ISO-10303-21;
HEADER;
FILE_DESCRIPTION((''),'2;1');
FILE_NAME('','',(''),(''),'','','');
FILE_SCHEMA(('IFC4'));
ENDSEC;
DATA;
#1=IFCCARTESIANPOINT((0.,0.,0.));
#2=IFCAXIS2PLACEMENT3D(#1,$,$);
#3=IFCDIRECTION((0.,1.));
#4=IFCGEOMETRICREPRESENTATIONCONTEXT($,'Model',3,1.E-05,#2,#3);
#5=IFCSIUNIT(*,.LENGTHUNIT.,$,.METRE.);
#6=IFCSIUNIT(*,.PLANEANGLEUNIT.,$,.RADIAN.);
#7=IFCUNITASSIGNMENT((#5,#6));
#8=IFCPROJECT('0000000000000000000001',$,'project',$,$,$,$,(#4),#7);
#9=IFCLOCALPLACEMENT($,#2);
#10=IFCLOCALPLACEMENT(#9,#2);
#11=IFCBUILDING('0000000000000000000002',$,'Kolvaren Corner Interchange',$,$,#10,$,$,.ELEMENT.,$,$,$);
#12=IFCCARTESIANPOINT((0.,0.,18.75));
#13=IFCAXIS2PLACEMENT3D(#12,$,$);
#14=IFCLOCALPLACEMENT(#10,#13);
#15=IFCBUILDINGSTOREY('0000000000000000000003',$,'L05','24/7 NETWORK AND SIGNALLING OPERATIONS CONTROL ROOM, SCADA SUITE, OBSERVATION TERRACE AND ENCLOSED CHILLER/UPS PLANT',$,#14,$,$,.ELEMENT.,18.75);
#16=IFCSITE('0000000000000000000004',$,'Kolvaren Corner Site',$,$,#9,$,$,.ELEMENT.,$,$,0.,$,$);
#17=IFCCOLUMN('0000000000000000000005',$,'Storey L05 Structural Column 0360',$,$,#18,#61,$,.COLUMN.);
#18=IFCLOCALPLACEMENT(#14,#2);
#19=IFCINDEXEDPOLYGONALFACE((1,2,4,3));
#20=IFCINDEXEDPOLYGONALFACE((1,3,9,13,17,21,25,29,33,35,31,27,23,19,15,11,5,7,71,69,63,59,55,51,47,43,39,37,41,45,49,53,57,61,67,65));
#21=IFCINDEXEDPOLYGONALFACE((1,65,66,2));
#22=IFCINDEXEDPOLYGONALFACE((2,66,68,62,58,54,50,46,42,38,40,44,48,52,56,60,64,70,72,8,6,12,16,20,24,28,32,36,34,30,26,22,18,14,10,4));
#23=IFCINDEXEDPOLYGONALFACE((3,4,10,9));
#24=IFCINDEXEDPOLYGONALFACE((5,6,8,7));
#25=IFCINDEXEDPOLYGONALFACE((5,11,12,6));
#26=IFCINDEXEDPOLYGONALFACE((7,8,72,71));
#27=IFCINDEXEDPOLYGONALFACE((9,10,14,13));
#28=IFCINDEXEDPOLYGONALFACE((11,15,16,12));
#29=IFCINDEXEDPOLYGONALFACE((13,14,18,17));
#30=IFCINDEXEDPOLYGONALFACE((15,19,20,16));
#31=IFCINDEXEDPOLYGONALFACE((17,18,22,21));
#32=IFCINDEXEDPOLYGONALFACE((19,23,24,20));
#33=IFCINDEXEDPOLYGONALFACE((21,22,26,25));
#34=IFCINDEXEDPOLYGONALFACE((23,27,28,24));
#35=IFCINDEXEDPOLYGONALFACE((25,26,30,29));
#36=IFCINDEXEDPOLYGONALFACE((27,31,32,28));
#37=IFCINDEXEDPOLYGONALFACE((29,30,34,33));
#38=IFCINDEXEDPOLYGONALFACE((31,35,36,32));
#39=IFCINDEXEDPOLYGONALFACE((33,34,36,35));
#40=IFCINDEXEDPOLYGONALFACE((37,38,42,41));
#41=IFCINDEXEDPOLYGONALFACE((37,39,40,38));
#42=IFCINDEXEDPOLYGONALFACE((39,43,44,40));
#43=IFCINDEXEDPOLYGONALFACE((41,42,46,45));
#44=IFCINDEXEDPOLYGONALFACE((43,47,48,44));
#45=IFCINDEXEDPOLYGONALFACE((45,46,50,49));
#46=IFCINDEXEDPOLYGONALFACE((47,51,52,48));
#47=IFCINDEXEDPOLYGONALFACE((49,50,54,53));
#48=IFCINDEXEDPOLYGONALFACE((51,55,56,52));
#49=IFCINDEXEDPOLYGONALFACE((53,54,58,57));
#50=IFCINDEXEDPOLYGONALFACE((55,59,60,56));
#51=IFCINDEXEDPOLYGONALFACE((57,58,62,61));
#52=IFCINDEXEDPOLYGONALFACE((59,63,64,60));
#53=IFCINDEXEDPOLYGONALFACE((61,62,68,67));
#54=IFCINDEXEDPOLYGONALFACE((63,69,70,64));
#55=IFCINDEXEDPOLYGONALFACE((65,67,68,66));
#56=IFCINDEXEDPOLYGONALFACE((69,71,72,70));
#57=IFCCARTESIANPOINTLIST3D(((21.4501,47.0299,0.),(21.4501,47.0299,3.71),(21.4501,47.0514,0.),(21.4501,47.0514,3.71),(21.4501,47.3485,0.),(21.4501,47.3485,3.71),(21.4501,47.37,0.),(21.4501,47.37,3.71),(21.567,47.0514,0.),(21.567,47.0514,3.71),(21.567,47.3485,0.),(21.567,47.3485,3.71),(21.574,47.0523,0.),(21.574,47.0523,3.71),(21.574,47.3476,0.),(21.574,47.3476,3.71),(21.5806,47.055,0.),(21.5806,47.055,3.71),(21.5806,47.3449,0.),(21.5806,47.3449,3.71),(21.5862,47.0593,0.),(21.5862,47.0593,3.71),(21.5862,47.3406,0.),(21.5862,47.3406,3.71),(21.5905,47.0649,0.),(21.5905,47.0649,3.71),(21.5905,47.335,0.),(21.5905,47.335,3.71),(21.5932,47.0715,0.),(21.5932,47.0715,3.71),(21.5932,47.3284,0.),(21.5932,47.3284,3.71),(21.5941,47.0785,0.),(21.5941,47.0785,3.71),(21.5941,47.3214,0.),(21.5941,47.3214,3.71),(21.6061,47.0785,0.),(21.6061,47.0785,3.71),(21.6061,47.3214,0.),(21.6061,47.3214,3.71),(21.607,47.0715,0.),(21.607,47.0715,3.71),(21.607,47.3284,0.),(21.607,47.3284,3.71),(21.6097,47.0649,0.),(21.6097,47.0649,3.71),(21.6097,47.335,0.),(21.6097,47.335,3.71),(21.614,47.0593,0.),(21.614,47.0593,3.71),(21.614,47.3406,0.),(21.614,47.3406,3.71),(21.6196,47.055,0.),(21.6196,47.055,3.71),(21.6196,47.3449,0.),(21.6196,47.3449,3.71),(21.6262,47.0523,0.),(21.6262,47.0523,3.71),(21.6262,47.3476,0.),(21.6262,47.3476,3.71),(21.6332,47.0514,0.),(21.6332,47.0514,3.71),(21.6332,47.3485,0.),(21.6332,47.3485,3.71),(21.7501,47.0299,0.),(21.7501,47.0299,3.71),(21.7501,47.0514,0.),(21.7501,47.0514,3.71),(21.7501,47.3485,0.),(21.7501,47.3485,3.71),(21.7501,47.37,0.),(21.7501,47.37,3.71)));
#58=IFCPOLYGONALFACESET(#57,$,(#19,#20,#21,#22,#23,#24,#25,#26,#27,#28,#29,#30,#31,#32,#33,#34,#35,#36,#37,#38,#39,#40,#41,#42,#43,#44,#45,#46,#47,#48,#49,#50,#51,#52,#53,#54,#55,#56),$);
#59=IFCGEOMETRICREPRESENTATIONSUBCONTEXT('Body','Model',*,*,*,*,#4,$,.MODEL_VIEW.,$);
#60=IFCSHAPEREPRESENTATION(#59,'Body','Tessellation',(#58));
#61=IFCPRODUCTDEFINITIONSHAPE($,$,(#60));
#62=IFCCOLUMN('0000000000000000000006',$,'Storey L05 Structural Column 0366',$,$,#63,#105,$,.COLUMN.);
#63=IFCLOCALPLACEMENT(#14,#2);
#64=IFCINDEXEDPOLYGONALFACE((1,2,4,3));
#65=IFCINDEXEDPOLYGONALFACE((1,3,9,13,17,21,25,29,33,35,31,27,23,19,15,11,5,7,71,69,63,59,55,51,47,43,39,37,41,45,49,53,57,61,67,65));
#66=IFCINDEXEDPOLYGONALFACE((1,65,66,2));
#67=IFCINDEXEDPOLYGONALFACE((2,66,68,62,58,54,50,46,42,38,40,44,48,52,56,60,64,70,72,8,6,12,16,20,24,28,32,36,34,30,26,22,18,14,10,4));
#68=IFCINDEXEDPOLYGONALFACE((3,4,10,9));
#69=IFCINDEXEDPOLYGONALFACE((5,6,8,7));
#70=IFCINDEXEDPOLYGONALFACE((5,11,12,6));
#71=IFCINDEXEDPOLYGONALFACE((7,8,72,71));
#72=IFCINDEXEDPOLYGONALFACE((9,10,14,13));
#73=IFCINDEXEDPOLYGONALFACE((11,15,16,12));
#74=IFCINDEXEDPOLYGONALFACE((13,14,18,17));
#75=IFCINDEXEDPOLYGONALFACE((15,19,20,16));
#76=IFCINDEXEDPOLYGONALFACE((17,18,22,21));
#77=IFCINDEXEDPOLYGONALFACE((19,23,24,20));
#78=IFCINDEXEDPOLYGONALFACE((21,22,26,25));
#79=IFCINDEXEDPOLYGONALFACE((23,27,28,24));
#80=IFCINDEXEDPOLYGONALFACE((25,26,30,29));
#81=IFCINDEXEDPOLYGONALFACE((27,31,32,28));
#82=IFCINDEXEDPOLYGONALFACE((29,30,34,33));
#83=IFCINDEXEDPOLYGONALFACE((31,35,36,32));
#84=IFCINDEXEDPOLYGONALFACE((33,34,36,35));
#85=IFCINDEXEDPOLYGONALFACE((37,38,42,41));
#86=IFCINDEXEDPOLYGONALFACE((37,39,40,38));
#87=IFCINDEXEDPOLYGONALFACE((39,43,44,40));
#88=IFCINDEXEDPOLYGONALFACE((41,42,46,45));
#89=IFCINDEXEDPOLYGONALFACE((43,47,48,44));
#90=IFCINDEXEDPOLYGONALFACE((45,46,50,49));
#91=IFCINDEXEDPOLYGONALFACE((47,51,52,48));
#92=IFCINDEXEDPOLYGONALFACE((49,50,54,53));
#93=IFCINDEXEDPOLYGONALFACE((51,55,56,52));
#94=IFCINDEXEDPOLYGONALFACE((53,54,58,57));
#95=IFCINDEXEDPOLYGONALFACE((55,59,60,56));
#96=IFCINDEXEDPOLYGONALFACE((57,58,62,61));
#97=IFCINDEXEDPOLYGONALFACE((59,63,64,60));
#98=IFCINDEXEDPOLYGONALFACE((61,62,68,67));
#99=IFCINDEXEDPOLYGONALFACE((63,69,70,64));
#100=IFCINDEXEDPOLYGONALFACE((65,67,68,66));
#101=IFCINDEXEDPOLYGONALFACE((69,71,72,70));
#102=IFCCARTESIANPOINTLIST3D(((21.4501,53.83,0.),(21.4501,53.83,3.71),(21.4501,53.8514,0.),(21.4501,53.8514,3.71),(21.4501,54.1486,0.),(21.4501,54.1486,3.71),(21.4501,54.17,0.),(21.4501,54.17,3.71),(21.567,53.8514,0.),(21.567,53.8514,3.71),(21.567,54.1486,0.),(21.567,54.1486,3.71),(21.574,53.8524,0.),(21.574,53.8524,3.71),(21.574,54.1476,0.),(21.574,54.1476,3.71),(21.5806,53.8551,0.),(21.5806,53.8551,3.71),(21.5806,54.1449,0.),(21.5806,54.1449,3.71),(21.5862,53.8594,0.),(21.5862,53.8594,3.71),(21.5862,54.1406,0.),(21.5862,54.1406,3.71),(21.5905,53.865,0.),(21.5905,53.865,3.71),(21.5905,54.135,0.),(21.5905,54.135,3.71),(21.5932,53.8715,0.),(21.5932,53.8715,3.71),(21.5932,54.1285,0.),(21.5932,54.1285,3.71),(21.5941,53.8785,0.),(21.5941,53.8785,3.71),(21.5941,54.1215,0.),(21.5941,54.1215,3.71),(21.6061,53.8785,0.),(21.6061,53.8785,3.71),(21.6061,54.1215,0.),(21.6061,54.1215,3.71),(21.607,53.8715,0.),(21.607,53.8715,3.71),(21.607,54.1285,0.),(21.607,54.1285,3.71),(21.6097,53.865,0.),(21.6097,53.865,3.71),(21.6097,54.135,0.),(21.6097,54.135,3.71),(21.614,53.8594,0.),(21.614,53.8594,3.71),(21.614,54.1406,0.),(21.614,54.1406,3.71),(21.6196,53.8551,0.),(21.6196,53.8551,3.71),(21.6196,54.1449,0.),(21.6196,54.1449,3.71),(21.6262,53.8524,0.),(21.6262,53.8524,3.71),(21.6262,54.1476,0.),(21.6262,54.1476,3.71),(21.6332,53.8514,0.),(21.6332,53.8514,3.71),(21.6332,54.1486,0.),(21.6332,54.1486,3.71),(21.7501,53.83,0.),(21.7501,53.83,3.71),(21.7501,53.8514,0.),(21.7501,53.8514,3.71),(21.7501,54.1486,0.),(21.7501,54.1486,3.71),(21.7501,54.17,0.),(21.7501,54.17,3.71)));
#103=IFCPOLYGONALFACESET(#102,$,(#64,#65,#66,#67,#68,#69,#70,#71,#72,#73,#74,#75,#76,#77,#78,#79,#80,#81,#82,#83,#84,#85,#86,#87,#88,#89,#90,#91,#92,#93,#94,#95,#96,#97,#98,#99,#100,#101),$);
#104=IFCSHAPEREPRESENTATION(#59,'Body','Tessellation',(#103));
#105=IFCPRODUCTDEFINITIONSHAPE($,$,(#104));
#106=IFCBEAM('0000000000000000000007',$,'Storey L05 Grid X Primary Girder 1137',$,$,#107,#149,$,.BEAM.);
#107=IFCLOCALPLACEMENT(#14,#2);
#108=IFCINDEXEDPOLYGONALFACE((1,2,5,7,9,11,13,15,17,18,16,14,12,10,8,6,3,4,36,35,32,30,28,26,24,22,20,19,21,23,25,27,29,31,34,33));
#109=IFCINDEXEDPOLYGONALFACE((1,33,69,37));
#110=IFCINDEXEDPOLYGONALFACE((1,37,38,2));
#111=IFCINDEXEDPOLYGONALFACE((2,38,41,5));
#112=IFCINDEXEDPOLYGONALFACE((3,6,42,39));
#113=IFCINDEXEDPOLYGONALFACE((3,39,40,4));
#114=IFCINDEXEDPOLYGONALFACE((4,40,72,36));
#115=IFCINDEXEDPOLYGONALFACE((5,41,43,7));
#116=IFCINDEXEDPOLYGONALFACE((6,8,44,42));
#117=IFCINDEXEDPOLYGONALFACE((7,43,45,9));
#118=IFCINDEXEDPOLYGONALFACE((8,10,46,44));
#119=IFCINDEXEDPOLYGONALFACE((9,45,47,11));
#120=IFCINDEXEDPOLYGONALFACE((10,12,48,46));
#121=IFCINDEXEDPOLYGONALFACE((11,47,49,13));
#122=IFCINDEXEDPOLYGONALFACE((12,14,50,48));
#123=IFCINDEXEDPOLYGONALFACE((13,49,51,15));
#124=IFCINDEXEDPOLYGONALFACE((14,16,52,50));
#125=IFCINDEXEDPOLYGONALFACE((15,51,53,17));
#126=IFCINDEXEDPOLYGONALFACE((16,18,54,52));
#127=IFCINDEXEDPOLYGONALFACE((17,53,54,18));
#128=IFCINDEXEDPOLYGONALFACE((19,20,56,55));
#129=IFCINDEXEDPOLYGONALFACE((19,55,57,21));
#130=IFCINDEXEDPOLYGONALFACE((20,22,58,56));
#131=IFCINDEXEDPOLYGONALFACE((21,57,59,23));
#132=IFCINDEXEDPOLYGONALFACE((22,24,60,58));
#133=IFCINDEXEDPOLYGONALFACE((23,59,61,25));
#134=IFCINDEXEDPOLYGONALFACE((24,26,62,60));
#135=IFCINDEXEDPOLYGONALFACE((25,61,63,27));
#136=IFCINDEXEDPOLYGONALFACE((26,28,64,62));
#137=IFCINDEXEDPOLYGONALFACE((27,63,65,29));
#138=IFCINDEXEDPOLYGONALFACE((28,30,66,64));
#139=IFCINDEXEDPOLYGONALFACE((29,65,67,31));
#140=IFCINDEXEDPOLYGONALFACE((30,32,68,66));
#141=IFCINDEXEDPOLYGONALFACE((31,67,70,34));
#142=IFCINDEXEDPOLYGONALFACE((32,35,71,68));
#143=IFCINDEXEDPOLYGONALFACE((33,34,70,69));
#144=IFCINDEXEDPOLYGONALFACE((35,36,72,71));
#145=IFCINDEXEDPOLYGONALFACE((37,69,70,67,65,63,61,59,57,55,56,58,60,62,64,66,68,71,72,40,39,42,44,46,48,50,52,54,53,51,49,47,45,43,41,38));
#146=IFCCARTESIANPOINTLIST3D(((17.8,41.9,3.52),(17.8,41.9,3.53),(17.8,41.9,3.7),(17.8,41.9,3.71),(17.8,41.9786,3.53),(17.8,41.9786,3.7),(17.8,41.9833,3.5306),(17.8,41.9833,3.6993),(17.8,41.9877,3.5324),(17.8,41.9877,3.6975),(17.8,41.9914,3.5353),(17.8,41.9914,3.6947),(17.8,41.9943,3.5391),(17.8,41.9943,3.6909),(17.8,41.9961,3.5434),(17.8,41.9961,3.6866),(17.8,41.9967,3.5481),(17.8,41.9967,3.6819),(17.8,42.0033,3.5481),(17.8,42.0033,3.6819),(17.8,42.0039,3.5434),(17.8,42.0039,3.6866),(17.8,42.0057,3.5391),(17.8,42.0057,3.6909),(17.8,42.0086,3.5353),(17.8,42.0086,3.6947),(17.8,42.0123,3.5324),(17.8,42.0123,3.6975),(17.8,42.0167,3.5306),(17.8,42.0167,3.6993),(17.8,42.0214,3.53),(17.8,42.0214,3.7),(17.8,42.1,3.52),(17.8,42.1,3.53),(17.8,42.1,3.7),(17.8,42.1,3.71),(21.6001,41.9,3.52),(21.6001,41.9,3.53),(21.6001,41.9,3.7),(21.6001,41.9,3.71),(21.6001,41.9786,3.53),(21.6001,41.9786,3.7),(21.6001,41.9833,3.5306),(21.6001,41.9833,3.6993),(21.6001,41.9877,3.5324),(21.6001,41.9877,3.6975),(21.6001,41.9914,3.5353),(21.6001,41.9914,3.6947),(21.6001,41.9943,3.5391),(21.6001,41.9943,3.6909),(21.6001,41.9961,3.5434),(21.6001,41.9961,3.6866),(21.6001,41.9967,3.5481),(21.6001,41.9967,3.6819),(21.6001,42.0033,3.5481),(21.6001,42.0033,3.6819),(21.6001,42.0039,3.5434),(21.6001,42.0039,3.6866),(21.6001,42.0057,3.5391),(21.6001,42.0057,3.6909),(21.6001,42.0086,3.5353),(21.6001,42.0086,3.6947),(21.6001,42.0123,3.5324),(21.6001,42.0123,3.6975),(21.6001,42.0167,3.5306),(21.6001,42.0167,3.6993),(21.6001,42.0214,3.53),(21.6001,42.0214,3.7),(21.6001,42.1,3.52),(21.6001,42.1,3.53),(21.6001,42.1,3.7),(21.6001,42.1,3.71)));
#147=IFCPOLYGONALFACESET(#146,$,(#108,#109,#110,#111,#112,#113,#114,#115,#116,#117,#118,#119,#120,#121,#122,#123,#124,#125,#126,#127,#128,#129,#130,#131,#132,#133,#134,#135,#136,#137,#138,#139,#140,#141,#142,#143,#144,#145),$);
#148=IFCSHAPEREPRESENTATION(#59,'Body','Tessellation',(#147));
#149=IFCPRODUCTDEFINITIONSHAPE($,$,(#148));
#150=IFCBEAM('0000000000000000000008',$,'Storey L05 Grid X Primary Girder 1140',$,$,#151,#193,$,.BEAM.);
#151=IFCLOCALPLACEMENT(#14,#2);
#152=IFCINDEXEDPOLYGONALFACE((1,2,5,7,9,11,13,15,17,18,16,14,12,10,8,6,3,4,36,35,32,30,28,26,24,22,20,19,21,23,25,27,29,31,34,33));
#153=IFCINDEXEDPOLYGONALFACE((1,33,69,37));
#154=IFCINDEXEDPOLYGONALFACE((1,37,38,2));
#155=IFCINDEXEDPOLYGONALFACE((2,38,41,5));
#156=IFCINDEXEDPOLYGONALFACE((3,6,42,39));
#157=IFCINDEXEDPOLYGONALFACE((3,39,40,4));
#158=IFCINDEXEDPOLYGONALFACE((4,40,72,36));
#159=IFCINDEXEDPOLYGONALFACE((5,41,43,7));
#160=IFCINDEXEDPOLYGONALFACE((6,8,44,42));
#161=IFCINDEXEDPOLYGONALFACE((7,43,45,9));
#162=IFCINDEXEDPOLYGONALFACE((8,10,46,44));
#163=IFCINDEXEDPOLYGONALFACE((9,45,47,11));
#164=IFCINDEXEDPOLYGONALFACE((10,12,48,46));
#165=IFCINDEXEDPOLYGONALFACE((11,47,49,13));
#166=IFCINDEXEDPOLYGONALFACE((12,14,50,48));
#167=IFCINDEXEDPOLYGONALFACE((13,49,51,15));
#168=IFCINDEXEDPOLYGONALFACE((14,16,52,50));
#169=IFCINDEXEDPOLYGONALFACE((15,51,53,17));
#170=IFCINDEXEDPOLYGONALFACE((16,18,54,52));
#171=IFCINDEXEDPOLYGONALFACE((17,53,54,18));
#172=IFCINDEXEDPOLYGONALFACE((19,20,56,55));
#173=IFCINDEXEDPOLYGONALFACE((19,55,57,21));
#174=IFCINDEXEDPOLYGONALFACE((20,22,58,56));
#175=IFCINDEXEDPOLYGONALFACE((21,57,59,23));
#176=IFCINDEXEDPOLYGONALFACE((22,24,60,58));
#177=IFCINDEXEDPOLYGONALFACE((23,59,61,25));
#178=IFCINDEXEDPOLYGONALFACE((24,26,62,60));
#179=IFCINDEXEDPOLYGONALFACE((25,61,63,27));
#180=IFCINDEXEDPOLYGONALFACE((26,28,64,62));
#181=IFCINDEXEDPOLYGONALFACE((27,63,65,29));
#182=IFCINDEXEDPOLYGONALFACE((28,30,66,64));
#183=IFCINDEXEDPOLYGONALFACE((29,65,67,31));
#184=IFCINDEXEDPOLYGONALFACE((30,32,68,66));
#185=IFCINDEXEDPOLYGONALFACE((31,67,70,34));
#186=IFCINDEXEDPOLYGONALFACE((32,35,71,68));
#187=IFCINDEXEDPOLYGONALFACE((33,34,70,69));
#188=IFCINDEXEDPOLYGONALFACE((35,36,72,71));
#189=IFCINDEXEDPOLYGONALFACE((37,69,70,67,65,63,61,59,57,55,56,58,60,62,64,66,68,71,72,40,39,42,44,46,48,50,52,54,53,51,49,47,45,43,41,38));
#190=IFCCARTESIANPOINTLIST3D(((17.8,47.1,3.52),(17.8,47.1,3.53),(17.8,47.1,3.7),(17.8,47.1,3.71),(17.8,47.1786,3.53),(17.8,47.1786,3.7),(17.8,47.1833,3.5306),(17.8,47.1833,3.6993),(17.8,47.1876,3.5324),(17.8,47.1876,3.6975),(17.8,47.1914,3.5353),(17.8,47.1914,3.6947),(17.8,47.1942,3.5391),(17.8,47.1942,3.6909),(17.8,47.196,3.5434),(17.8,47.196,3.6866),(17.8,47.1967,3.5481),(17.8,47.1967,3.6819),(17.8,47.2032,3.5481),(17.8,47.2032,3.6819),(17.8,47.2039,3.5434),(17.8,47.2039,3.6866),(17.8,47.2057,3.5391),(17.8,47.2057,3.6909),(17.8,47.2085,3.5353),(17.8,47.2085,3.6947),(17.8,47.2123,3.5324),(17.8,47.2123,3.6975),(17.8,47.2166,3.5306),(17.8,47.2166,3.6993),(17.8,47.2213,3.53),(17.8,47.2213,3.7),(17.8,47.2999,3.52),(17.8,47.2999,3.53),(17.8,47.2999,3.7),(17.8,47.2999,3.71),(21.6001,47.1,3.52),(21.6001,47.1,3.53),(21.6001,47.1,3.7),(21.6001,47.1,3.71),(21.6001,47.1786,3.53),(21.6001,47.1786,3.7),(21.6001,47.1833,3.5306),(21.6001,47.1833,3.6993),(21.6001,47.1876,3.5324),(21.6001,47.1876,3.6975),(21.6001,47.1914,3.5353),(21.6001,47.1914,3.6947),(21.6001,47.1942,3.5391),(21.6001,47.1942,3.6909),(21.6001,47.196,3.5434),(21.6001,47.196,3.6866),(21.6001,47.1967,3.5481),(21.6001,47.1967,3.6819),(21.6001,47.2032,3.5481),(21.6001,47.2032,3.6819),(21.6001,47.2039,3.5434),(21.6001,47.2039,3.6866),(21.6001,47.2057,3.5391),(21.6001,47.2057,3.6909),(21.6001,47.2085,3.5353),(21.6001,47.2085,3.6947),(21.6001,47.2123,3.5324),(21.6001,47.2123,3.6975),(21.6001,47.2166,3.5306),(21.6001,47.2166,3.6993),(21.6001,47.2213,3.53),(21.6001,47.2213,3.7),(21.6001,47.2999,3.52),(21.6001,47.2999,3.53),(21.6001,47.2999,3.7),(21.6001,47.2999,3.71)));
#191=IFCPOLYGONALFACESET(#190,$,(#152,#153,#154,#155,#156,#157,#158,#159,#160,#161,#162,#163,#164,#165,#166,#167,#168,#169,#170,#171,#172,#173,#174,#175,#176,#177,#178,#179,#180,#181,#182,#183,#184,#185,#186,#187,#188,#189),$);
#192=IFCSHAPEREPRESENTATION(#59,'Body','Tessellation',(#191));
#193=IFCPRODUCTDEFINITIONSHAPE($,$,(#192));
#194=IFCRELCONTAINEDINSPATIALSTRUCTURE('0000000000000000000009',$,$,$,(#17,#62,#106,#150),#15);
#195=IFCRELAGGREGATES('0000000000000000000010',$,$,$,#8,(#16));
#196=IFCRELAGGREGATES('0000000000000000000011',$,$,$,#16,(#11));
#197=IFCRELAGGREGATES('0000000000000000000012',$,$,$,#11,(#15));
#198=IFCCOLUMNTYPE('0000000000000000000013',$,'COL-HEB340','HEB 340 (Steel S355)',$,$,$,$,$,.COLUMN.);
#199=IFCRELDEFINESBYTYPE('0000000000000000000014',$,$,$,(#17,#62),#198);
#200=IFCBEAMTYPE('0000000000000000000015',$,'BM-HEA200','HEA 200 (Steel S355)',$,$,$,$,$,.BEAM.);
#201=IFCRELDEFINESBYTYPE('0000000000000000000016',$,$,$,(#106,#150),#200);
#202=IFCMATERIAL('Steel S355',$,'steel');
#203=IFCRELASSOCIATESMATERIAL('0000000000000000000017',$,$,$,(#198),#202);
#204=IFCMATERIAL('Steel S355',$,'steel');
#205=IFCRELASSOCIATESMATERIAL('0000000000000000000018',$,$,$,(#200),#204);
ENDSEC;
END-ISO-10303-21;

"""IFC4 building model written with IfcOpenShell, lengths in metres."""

from ifc_helpers import new_model, si_unit, direction, frame, origin, origin_2d, place, context, subcontext, project, spatial, i_section, extrude, material, material_profile, profile_set, type_object, element, save


model = new_model("IFC4")

# Units and contexts
model_context = context("Model", 3, precision=1e-05, world=origin(), true_north=direction((0.0, 1.0)))
body_context = subcontext(model_context, "Body", "Model", "MODEL_VIEW")
ifc_project = project(units=[si_unit("LENGTHUNIT", "METRE"), si_unit("PLANEANGLEUNIT", "RADIAN")], contexts=[model_context])

# Site, building, storey
site_placement = place(None, origin())
site = spatial("IfcSite", under=ifc_project, at=site_placement, Name="Kolvaren Corner Site", CompositionType="ELEMENT", RefElevation=0.0)
building_placement = place(site_placement, origin())
building = spatial("IfcBuilding", under=site, at=building_placement, Name="Kolvaren Corner Interchange", CompositionType="ELEMENT")
storey_placement = place(building_placement, frame((0.0, 0.0, 18.75)))
storey = spatial("IfcBuildingStorey", under=building, at=storey_placement, Name="L05", Description="24/7 NETWORK AND SIGNALLING OPERATIONS CONTROL ROOM, SCADA SUITE, OBSERVATION TERRACE AND ENCLOSED CHILLER/UPS PLANT", CompositionType="ELEMENT", Elevation=18.75)

# Columns
ifc_material_1 = material(Name="Steel S355", Category="steel")
ifc_material_profile_1 = material_profile(ifc_material_1, i_section(OverallWidth=0.3, OverallDepth=0.3401, WebThickness=0.012, FlangeThickness=0.0215, FilletRadius=0.0271, at=origin_2d()), Name="HEB 340")
ifc_profile_set_1 = profile_set([ifc_material_profile_1], Name="Steel S355")
column_type = type_object("IfcColumnType", Name="COL-HEB340", Description="HEB 340 (Steel S355)", PredefinedType="COLUMN", material=ifc_profile_set_1)
for number, where, z_axis, x_axis, name in (
    (1, (21.6001, 47.2, 0.0), (0.0, 0.0, 1.0), (1.0, 0.0, 0.0), "Storey L05 Structural Column 0360"),
    (2, (21.6001, 54.0, 0.0), (0.0, 0.0, 1.0), (1.0, 0.0, 0.0), "Storey L05 Structural Column 0366"),
):
    element("IfcColumn", number, at=place(storey_placement, frame(where, z_axis=z_axis, x_axis=x_axis)), inside=storey, type_object=column_type, Name=name, PredefinedType="COLUMN", context=body_context, shape_type="SweptSolid", body=[
        extrude(i_section(OverallWidth=0.3, OverallDepth=0.3401, WebThickness=0.012, FlangeThickness=0.0215, FilletRadius=0.0271, at=origin_2d()), origin(), (0.0, 0.0, 1.0), 3.71),
    ])

# Beams
ifc_material_2 = material(Name="Steel S355", Category="steel")
ifc_material_profile_2 = material_profile(ifc_material_2, i_section(OverallWidth=0.2, OverallDepth=0.1899, WebThickness=0.0066, FlangeThickness=0.01, FilletRadius=0.0181, at=origin_2d()), Name="HEA 200")
ifc_profile_set_2 = profile_set([ifc_material_profile_2], Name="Steel S355")
beam_type_1 = type_object("IfcBeamType", Name="BM-HEA200", Description="HEA 200 (Steel S355)", PredefinedType="BEAM", material=ifc_profile_set_2)
for number, where, z_axis, x_axis, name in (
    (3, (17.8, 42.0, 3.615), (1.0, 0.0, 0.0), (0.0, 1.0, 0.0), "Storey L05 Grid X Primary Girder 1137"),
    (4, (17.8, 47.2, 3.615), (1.0, 0.0, 0.0), (0.0, 1.0, 0.0), "Storey L05 Grid X Primary Girder 1140"),
):
    element("IfcBeam", number, at=place(storey_placement, frame(where, z_axis=z_axis, x_axis=x_axis)), inside=storey, type_object=beam_type_1, Name=name, PredefinedType="BEAM", context=body_context, shape_type="SweptSolid", body=[
        extrude(i_section(OverallWidth=0.2, OverallDepth=0.1899, WebThickness=0.0066, FlangeThickness=0.01, FilletRadius=0.0181, at=origin_2d()), origin(), (0.0, 0.0, 1.0), 3.8),
    ])

save(model, "model.ifc")
